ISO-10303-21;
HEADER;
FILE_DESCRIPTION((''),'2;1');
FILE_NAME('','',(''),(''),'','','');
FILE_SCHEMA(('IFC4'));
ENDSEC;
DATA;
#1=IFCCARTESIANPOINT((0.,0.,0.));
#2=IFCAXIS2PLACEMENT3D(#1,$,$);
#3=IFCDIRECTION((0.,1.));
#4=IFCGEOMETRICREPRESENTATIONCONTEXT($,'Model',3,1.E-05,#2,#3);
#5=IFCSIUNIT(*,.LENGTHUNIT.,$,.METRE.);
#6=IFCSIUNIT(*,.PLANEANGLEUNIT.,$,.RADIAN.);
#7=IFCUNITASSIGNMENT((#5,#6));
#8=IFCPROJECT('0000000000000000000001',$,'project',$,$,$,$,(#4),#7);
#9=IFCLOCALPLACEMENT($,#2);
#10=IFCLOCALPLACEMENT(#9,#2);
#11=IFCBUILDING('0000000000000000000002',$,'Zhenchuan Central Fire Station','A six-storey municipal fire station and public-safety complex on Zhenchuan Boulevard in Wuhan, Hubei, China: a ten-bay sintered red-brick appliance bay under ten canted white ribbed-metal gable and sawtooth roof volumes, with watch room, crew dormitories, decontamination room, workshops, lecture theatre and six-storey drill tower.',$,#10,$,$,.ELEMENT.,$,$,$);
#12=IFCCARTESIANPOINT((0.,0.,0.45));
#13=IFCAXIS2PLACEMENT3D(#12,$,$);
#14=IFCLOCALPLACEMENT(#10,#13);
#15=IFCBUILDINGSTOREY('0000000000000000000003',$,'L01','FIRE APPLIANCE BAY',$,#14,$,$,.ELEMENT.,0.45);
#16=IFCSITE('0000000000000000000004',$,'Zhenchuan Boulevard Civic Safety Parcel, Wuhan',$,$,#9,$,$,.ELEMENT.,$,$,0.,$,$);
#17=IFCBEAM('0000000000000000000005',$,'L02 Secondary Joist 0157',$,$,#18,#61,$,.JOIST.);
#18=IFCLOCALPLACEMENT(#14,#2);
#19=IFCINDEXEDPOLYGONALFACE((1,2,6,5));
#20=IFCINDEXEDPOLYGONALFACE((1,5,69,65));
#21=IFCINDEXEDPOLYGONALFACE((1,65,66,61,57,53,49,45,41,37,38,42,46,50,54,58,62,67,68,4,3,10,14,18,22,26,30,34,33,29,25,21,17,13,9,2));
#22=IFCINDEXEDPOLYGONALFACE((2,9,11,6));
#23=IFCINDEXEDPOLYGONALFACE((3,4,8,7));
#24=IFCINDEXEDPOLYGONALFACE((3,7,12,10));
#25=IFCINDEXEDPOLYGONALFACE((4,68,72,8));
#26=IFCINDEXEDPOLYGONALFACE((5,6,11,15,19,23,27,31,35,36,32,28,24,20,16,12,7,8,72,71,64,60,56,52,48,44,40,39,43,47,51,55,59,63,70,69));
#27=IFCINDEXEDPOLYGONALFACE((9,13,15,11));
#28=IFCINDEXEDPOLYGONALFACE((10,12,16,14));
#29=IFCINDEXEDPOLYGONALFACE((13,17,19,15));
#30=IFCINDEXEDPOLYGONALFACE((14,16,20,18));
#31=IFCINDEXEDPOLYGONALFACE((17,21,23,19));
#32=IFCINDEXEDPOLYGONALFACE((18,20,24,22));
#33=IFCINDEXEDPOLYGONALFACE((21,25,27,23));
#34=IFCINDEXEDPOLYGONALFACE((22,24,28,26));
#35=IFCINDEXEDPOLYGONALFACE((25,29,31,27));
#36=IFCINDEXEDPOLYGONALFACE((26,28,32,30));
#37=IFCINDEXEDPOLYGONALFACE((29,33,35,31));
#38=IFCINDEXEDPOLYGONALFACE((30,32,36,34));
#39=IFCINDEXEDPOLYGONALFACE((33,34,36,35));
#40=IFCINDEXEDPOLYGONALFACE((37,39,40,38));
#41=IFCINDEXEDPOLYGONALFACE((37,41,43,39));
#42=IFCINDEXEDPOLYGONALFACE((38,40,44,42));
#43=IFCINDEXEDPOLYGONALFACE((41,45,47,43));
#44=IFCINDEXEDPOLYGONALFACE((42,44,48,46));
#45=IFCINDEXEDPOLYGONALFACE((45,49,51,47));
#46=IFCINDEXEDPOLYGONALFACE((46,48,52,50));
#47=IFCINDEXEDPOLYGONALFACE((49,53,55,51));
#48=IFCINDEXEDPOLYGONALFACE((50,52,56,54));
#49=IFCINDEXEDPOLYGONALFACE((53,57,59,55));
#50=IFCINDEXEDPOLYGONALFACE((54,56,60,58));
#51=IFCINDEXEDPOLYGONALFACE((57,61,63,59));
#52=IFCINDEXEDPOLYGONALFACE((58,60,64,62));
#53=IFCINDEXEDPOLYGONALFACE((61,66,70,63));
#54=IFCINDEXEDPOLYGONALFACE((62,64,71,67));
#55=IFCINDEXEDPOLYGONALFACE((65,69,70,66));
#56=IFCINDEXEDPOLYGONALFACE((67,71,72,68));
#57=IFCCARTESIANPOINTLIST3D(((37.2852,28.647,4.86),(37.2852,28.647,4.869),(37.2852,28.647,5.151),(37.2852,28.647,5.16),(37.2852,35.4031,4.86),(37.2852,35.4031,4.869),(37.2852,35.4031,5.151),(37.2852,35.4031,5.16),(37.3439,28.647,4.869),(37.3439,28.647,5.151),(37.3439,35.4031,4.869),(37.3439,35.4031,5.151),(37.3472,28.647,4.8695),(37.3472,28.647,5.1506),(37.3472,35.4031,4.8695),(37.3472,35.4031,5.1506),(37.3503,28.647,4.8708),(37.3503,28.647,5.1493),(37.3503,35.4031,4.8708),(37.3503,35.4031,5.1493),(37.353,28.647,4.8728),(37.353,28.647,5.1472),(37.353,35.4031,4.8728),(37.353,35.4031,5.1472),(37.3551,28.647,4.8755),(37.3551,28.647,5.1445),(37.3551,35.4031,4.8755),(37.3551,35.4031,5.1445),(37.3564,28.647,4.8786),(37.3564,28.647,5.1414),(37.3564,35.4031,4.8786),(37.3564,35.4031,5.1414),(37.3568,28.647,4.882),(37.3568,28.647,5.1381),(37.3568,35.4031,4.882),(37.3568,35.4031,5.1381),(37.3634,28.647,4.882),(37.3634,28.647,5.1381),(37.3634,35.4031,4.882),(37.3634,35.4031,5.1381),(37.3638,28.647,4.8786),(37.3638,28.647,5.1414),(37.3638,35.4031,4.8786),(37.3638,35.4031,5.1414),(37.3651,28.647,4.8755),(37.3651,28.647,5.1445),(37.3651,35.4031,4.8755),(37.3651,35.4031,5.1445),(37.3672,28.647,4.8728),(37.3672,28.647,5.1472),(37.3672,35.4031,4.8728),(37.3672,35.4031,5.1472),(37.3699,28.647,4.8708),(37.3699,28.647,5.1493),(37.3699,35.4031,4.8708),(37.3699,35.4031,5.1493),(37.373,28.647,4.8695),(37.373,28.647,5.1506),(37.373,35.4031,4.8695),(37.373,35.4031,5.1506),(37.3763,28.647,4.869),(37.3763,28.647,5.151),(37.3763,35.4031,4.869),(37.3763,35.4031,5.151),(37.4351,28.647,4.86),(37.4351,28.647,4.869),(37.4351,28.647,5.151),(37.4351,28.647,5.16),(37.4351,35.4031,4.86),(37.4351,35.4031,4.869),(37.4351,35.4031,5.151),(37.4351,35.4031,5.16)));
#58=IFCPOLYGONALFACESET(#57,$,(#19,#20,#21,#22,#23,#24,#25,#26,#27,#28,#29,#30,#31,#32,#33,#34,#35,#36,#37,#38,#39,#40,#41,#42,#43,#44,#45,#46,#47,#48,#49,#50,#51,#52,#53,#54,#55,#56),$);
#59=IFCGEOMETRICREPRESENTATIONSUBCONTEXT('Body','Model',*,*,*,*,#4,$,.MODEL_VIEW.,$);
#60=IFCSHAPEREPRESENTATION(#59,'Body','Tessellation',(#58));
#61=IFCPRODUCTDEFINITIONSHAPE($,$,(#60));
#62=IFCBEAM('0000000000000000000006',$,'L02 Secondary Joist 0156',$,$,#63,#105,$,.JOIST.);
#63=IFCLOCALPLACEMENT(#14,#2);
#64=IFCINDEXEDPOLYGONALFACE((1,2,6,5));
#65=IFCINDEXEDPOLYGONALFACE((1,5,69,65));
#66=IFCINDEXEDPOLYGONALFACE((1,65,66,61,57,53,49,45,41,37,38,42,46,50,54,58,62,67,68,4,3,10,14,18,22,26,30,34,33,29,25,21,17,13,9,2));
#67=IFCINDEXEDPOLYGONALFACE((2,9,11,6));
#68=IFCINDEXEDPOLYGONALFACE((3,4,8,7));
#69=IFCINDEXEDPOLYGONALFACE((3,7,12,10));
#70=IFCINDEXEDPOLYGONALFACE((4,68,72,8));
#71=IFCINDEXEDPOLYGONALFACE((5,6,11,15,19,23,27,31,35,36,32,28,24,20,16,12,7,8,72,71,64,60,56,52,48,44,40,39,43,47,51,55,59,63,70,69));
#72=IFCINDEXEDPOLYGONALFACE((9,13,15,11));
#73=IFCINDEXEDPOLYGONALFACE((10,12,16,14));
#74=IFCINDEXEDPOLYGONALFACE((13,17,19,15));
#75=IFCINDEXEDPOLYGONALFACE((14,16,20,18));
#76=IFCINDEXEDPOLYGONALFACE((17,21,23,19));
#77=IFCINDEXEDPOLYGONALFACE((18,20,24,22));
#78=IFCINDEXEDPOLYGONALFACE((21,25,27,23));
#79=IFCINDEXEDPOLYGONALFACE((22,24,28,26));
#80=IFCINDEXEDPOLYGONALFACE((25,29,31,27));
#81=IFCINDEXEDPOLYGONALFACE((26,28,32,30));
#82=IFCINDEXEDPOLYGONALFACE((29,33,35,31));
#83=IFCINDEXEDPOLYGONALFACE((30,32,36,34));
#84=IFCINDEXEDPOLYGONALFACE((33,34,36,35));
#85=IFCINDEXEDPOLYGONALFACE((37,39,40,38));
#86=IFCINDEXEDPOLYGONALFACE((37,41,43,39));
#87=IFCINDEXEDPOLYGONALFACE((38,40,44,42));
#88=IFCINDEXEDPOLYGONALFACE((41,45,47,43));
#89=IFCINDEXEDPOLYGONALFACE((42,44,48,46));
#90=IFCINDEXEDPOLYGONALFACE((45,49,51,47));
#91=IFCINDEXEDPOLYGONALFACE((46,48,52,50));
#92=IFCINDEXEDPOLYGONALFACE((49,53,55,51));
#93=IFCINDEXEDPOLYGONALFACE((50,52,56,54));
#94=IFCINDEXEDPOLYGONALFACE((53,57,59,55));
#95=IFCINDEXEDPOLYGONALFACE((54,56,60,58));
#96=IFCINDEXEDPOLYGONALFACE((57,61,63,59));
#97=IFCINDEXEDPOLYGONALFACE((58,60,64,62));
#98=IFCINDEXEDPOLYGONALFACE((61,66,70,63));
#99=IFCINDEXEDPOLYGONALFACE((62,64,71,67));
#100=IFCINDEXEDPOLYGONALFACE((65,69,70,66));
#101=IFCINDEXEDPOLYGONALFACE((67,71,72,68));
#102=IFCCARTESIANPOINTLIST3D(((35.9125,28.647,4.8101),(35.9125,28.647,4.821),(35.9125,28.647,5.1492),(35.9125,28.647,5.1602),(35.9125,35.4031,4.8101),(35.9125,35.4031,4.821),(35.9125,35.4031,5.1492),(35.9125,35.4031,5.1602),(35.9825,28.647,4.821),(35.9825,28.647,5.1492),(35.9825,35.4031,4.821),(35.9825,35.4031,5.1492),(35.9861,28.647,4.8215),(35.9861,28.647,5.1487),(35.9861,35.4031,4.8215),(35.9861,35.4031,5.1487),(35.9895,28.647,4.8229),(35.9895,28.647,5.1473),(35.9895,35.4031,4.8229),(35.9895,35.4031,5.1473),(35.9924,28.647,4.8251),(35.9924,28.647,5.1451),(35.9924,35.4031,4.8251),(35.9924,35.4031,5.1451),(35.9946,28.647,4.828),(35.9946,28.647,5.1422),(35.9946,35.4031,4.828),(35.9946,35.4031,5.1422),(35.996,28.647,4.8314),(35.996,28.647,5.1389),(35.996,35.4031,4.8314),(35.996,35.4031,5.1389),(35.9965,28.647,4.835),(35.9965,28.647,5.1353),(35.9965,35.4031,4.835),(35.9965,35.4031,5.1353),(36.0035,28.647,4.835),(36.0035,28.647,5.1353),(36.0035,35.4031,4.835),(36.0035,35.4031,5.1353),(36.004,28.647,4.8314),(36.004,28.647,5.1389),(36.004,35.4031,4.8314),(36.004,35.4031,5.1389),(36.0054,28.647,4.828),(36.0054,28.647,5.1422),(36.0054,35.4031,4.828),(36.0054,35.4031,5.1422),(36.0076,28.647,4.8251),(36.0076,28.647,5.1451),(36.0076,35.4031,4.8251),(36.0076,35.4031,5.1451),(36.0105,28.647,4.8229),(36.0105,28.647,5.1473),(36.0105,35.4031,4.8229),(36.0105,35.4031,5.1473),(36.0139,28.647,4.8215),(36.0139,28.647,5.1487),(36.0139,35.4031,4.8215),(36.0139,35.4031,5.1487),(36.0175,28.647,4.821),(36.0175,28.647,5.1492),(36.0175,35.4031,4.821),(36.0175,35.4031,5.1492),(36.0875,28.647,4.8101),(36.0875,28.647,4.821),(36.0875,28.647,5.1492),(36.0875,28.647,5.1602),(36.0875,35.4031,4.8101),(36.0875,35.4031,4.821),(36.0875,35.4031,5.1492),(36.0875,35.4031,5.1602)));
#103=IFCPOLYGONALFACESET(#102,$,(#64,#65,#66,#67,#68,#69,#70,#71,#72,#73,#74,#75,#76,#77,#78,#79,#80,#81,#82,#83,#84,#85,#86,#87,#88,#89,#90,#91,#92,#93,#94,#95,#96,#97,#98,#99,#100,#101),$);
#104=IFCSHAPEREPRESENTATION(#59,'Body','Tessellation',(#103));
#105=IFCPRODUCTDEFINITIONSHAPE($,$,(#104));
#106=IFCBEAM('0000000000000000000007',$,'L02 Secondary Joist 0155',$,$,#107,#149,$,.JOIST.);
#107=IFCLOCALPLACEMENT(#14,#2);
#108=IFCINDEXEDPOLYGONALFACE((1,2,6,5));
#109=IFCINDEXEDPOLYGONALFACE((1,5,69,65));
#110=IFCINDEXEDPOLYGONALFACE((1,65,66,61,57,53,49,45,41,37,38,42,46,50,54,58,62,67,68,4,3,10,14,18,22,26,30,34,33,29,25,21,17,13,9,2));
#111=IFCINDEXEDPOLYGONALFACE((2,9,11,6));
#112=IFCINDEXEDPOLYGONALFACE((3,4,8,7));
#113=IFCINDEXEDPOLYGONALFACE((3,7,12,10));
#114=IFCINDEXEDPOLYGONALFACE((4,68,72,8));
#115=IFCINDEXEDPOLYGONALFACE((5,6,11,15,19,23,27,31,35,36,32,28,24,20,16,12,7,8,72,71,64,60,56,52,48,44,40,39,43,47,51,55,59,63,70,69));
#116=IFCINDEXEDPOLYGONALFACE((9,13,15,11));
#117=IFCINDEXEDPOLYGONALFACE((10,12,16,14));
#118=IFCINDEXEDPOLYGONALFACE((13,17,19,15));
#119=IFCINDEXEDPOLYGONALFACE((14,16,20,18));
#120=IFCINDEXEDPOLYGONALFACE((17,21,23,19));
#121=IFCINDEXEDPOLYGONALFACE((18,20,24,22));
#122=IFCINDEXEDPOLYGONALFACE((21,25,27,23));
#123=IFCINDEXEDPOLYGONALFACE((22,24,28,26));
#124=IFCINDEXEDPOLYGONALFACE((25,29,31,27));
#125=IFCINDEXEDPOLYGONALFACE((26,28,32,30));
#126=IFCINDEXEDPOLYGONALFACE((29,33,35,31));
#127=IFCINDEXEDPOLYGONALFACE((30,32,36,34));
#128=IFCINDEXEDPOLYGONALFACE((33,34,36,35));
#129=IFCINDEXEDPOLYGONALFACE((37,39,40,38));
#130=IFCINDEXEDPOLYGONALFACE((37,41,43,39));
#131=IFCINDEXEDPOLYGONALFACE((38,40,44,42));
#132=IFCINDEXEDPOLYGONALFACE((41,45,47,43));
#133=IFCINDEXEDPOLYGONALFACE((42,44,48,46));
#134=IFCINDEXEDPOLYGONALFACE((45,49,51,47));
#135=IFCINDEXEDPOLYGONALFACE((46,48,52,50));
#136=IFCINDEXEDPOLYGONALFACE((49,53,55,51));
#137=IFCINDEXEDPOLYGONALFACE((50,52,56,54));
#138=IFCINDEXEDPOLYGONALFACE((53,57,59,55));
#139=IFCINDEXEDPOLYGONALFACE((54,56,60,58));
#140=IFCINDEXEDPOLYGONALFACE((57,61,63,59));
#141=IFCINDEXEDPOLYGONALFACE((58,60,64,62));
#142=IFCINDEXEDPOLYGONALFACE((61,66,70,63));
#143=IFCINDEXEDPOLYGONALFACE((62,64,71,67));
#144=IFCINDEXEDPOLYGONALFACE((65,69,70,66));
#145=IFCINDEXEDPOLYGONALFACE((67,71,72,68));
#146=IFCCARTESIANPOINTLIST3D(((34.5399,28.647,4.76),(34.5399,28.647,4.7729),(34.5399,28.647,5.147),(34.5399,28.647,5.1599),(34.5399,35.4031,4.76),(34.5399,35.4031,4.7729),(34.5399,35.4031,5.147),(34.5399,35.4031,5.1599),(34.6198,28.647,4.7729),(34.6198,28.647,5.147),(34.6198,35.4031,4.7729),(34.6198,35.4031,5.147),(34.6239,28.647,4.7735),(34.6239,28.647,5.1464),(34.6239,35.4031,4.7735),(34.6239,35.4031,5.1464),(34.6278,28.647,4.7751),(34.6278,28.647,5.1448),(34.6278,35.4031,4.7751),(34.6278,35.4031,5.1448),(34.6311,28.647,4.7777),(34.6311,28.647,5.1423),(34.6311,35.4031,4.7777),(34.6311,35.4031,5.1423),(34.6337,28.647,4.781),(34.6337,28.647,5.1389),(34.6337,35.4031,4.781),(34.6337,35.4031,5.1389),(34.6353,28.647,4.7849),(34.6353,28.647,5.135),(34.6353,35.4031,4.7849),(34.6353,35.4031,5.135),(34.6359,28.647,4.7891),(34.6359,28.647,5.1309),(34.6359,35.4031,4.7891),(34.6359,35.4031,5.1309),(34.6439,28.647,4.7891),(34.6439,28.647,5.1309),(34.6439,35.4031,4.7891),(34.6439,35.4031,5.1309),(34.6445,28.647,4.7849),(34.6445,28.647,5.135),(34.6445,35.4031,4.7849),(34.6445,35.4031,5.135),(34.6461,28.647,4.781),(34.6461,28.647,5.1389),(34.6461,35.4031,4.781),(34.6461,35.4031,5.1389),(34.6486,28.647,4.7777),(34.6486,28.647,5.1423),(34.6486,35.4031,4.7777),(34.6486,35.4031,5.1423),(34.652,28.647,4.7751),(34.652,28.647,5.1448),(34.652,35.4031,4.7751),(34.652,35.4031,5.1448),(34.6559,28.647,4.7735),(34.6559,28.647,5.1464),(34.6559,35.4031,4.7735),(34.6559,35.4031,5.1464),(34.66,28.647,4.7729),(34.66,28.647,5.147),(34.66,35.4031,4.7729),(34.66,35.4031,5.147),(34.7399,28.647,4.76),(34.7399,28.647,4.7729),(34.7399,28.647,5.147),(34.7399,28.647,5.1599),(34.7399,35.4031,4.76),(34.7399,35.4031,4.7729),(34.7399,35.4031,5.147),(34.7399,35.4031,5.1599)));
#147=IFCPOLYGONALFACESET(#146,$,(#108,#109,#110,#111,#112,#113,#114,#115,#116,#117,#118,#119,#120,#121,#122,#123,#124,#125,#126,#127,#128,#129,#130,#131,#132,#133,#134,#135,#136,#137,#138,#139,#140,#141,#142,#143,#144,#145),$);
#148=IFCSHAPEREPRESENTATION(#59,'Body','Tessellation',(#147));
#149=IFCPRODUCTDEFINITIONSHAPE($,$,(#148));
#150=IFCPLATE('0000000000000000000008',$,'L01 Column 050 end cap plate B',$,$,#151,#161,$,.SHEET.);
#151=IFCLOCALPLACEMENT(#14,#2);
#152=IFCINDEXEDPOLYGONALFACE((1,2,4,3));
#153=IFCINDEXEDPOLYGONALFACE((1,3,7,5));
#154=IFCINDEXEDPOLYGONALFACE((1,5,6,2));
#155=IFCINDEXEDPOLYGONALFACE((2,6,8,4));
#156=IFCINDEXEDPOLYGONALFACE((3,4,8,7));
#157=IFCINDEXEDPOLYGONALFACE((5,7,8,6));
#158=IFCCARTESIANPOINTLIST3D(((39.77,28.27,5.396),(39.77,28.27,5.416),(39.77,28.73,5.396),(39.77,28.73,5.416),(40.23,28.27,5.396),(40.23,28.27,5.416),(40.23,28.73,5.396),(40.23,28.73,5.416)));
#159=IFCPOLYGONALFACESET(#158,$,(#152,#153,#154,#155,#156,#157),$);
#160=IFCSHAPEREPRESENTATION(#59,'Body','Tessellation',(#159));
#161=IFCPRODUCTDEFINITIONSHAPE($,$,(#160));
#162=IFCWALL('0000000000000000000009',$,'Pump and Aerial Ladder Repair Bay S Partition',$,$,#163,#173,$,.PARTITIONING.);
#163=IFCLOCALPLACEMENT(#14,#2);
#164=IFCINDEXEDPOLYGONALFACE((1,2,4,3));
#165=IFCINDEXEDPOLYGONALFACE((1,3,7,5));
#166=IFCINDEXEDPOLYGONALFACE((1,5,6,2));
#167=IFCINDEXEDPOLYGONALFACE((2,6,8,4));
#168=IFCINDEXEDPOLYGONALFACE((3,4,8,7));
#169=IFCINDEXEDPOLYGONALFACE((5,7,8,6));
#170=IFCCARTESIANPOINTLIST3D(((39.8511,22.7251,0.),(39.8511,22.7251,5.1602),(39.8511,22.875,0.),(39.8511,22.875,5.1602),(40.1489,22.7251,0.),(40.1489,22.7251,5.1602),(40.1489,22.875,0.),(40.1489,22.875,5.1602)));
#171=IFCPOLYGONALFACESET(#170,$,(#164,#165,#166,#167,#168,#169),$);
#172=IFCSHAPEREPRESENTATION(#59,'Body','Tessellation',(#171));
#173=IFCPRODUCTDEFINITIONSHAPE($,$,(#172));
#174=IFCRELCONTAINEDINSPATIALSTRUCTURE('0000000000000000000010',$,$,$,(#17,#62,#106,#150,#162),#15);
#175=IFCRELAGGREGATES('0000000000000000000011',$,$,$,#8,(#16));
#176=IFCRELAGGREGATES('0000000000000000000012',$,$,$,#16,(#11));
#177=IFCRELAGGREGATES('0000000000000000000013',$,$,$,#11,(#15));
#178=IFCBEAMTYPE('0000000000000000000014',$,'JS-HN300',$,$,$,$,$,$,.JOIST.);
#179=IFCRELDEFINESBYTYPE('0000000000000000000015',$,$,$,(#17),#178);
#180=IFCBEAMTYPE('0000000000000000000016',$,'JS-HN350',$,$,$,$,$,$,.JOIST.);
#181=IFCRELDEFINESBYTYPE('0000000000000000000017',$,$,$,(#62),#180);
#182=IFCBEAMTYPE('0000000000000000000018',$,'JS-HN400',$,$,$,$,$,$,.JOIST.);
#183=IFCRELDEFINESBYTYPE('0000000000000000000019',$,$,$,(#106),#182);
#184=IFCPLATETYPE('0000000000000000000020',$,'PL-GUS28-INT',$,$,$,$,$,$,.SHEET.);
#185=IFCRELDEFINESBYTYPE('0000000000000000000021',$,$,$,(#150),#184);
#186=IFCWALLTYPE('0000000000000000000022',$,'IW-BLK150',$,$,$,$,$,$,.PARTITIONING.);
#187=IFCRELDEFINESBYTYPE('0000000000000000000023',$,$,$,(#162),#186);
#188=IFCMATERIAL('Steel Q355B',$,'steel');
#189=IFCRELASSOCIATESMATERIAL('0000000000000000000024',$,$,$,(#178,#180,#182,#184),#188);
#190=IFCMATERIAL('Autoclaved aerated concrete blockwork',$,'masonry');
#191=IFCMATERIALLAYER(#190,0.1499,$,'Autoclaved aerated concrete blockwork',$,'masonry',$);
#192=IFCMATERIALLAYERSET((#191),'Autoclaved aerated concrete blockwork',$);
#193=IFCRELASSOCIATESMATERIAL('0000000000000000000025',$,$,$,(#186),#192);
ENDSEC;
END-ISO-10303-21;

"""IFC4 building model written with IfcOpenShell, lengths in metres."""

from ifc_helpers import new_model, si_unit, direction, frame, frame_2d, origin, origin_2d, place, context, subcontext, project, spatial, rectangle, i_section, extrude, material, layer, layer_set, material_profile, profile_set, type_object, element, save


model = new_model("IFC4")

# Units and contexts
model_context = context("Model", 3, precision=1e-05, world=origin(), true_north=direction((0.0, 1.0)))
body_context = subcontext(model_context, "Body", "Model", "MODEL_VIEW")
ifc_project = project(units=[si_unit("LENGTHUNIT", "METRE"), si_unit("PLANEANGLEUNIT", "RADIAN")], contexts=[model_context])

# Site, building, storey
site_placement = place(None, origin())
site = spatial("IfcSite", under=ifc_project, at=site_placement, Name="Zhenchuan Boulevard Civic Safety Parcel, Wuhan", CompositionType="ELEMENT", RefElevation=0.0)
building_placement = place(site_placement, origin())
building = spatial("IfcBuilding", under=site, at=building_placement, Name="Zhenchuan Central Fire Station", Description="A six-storey municipal fire station and public-safety complex on Zhenchuan Boulevard in Wuhan, Hubei, China: a ten-bay sintered red-brick appliance bay under ten canted white ribbed-metal gable and sawtooth roof volumes, with watch room, crew dormitories, decontamination room, workshops, lecture theatre and six-storey drill tower.", CompositionType="ELEMENT")
storey_placement = place(building_placement, frame((0.0, 0.0, 0.45)))
storey = spatial("IfcBuildingStorey", under=building, at=storey_placement, Name="L01", Description="FIRE APPLIANCE BAY", CompositionType="ELEMENT", Elevation=0.45)

# Shared definitions
ifc_material_1 = material(Name="Steel Q355B", Category="steel")

# Beams
ifc_material_profile_1 = material_profile(ifc_material_1, i_section(OverallWidth=0.1499, OverallDepth=0.3, WebThickness=0.0066, FlangeThickness=0.009, FilletRadius=0.0129, at=origin_2d()), Name="HN 300x150")
ifc_profile_set_1 = profile_set([ifc_material_profile_1], Name="Steel Q355B")
beam_type_1 = type_object("IfcBeamType", Name="JS-HN300", PredefinedType="JOIST", material=ifc_profile_set_1)
beam_1_placement = place(storey_placement, frame((37.3601, 28.647, 5.01), z_axis=(0.0, 1.0, 0.0), x_axis=(-1.0, 0.0, 0.0)))
element("IfcBeam", 1, at=beam_1_placement, inside=storey, type_object=beam_type_1, Name="L02 Secondary Joist 0157", PredefinedType="JOIST", context=body_context, shape_type="SweptSolid", body=[
    extrude(i_section(OverallWidth=0.1499, OverallDepth=0.3, WebThickness=0.0066, FlangeThickness=0.009, FilletRadius=0.0129, at=origin_2d()), origin(), (0.0, 0.0, 1.0), 6.7561),
])
ifc_material_profile_2 = material_profile(ifc_material_1, i_section(OverallWidth=0.175, OverallDepth=0.3501, WebThickness=0.0071, FlangeThickness=0.011, FilletRadius=0.0139, at=origin_2d()), Name="HN 350x175")
ifc_profile_set_2 = profile_set([ifc_material_profile_2], Name="Steel Q355B")
beam_type_2 = type_object("IfcBeamType", Name="JS-HN350", PredefinedType="JOIST", material=ifc_profile_set_2)
beam_2_placement = place(storey_placement, frame((36.0, 28.647, 4.9851), z_axis=(0.0, 1.0, 0.0), x_axis=(-1.0, 0.0, 0.0)))
element("IfcBeam", 2, at=beam_2_placement, inside=storey, type_object=beam_type_2, Name="L02 Secondary Joist 0156", PredefinedType="JOIST", context=body_context, shape_type="SweptSolid", body=[
    extrude(i_section(OverallWidth=0.175, OverallDepth=0.3501, WebThickness=0.0071, FlangeThickness=0.011, FilletRadius=0.0139, at=origin_2d()), origin(), (0.0, 0.0, 1.0), 6.7561),
])
ifc_material_profile_3 = material_profile(ifc_material_1, i_section(OverallWidth=0.2, OverallDepth=0.3999, WebThickness=0.0081, FlangeThickness=0.0129, FilletRadius=0.0161, at=origin_2d()), Name="HN 400x200")
ifc_profile_set_3 = profile_set([ifc_material_profile_3], Name="Steel Q355B")
beam_type_3 = type_object("IfcBeamType", Name="JS-HN400", PredefinedType="JOIST", material=ifc_profile_set_3)
beam_3_placement = place(storey_placement, frame((34.6399, 28.647, 4.96), z_axis=(0.0, 1.0, 0.0), x_axis=(-1.0, 0.0, 0.0)))
element("IfcBeam", 3, at=beam_3_placement, inside=storey, type_object=beam_type_3, Name="L02 Secondary Joist 0155", PredefinedType="JOIST", context=body_context, shape_type="SweptSolid", body=[
    extrude(i_section(OverallWidth=0.2, OverallDepth=0.3999, WebThickness=0.0081, FlangeThickness=0.0129, FilletRadius=0.0161, at=origin_2d()), origin(), (0.0, 0.0, 1.0), 6.7561),
])

# Plate
ifc_material_profile_4 = material_profile(ifc_material_1, rectangle(XDim=0.46, YDim=0.46, at=origin_2d()), Name="PL 460x460x28")
ifc_profile_set_4 = profile_set([ifc_material_profile_4], Name="Steel Q355B")
plate_type = type_object("IfcPlateType", Name="PL-GUS28-INT", PredefinedType="SHEET", material=ifc_profile_set_4)
plate_placement = place(storey_placement, frame((40.0, 28.5, 5.396), z_axis=(0.0, 0.0, 1.0), x_axis=(1.0, 0.0, 0.0)))
element("IfcPlate", 4, at=plate_placement, inside=storey, type_object=plate_type, Name="L01 Column 050 end cap plate B", PredefinedType="SHEET", context=body_context, shape_type="SweptSolid", body=[
    extrude(rectangle(XDim=0.46, YDim=0.46, at=origin_2d()), origin(), (0.0, 0.0, 1.0), 0.02),
])

# Wall
ifc_material_2 = material(Name="Autoclaved aerated concrete blockwork", Category="masonry")
ifc_layer = layer(ifc_material_2, 0.1499, Name="Autoclaved aerated concrete blockwork", Category="masonry")
ifc_layer_set = layer_set([ifc_layer], Name="Autoclaved aerated concrete blockwork")
wall_type = type_object("IfcWallType", Name="IW-BLK150", PredefinedType="PARTITIONING", material=ifc_layer_set)
wall_placement = place(storey_placement, frame((39.8511, 22.8, 0.0), z_axis=(0.0, 0.0, 1.0), x_axis=(1.0, 0.0, 0.0)))
element("IfcWall", 5, at=wall_placement, inside=storey, type_object=wall_type, Name="Pump and Aerial Ladder Repair Bay S Partition", PredefinedType="PARTITIONING", context=body_context, shape_type="SweptSolid", body=[
    extrude(rectangle(XDim=0.2979, YDim=0.1499, at=frame_2d((0.1489, 0.0))), origin(), (0.0, 0.0, 1.0), 5.1602),
])

save(model, "model.ifc")
